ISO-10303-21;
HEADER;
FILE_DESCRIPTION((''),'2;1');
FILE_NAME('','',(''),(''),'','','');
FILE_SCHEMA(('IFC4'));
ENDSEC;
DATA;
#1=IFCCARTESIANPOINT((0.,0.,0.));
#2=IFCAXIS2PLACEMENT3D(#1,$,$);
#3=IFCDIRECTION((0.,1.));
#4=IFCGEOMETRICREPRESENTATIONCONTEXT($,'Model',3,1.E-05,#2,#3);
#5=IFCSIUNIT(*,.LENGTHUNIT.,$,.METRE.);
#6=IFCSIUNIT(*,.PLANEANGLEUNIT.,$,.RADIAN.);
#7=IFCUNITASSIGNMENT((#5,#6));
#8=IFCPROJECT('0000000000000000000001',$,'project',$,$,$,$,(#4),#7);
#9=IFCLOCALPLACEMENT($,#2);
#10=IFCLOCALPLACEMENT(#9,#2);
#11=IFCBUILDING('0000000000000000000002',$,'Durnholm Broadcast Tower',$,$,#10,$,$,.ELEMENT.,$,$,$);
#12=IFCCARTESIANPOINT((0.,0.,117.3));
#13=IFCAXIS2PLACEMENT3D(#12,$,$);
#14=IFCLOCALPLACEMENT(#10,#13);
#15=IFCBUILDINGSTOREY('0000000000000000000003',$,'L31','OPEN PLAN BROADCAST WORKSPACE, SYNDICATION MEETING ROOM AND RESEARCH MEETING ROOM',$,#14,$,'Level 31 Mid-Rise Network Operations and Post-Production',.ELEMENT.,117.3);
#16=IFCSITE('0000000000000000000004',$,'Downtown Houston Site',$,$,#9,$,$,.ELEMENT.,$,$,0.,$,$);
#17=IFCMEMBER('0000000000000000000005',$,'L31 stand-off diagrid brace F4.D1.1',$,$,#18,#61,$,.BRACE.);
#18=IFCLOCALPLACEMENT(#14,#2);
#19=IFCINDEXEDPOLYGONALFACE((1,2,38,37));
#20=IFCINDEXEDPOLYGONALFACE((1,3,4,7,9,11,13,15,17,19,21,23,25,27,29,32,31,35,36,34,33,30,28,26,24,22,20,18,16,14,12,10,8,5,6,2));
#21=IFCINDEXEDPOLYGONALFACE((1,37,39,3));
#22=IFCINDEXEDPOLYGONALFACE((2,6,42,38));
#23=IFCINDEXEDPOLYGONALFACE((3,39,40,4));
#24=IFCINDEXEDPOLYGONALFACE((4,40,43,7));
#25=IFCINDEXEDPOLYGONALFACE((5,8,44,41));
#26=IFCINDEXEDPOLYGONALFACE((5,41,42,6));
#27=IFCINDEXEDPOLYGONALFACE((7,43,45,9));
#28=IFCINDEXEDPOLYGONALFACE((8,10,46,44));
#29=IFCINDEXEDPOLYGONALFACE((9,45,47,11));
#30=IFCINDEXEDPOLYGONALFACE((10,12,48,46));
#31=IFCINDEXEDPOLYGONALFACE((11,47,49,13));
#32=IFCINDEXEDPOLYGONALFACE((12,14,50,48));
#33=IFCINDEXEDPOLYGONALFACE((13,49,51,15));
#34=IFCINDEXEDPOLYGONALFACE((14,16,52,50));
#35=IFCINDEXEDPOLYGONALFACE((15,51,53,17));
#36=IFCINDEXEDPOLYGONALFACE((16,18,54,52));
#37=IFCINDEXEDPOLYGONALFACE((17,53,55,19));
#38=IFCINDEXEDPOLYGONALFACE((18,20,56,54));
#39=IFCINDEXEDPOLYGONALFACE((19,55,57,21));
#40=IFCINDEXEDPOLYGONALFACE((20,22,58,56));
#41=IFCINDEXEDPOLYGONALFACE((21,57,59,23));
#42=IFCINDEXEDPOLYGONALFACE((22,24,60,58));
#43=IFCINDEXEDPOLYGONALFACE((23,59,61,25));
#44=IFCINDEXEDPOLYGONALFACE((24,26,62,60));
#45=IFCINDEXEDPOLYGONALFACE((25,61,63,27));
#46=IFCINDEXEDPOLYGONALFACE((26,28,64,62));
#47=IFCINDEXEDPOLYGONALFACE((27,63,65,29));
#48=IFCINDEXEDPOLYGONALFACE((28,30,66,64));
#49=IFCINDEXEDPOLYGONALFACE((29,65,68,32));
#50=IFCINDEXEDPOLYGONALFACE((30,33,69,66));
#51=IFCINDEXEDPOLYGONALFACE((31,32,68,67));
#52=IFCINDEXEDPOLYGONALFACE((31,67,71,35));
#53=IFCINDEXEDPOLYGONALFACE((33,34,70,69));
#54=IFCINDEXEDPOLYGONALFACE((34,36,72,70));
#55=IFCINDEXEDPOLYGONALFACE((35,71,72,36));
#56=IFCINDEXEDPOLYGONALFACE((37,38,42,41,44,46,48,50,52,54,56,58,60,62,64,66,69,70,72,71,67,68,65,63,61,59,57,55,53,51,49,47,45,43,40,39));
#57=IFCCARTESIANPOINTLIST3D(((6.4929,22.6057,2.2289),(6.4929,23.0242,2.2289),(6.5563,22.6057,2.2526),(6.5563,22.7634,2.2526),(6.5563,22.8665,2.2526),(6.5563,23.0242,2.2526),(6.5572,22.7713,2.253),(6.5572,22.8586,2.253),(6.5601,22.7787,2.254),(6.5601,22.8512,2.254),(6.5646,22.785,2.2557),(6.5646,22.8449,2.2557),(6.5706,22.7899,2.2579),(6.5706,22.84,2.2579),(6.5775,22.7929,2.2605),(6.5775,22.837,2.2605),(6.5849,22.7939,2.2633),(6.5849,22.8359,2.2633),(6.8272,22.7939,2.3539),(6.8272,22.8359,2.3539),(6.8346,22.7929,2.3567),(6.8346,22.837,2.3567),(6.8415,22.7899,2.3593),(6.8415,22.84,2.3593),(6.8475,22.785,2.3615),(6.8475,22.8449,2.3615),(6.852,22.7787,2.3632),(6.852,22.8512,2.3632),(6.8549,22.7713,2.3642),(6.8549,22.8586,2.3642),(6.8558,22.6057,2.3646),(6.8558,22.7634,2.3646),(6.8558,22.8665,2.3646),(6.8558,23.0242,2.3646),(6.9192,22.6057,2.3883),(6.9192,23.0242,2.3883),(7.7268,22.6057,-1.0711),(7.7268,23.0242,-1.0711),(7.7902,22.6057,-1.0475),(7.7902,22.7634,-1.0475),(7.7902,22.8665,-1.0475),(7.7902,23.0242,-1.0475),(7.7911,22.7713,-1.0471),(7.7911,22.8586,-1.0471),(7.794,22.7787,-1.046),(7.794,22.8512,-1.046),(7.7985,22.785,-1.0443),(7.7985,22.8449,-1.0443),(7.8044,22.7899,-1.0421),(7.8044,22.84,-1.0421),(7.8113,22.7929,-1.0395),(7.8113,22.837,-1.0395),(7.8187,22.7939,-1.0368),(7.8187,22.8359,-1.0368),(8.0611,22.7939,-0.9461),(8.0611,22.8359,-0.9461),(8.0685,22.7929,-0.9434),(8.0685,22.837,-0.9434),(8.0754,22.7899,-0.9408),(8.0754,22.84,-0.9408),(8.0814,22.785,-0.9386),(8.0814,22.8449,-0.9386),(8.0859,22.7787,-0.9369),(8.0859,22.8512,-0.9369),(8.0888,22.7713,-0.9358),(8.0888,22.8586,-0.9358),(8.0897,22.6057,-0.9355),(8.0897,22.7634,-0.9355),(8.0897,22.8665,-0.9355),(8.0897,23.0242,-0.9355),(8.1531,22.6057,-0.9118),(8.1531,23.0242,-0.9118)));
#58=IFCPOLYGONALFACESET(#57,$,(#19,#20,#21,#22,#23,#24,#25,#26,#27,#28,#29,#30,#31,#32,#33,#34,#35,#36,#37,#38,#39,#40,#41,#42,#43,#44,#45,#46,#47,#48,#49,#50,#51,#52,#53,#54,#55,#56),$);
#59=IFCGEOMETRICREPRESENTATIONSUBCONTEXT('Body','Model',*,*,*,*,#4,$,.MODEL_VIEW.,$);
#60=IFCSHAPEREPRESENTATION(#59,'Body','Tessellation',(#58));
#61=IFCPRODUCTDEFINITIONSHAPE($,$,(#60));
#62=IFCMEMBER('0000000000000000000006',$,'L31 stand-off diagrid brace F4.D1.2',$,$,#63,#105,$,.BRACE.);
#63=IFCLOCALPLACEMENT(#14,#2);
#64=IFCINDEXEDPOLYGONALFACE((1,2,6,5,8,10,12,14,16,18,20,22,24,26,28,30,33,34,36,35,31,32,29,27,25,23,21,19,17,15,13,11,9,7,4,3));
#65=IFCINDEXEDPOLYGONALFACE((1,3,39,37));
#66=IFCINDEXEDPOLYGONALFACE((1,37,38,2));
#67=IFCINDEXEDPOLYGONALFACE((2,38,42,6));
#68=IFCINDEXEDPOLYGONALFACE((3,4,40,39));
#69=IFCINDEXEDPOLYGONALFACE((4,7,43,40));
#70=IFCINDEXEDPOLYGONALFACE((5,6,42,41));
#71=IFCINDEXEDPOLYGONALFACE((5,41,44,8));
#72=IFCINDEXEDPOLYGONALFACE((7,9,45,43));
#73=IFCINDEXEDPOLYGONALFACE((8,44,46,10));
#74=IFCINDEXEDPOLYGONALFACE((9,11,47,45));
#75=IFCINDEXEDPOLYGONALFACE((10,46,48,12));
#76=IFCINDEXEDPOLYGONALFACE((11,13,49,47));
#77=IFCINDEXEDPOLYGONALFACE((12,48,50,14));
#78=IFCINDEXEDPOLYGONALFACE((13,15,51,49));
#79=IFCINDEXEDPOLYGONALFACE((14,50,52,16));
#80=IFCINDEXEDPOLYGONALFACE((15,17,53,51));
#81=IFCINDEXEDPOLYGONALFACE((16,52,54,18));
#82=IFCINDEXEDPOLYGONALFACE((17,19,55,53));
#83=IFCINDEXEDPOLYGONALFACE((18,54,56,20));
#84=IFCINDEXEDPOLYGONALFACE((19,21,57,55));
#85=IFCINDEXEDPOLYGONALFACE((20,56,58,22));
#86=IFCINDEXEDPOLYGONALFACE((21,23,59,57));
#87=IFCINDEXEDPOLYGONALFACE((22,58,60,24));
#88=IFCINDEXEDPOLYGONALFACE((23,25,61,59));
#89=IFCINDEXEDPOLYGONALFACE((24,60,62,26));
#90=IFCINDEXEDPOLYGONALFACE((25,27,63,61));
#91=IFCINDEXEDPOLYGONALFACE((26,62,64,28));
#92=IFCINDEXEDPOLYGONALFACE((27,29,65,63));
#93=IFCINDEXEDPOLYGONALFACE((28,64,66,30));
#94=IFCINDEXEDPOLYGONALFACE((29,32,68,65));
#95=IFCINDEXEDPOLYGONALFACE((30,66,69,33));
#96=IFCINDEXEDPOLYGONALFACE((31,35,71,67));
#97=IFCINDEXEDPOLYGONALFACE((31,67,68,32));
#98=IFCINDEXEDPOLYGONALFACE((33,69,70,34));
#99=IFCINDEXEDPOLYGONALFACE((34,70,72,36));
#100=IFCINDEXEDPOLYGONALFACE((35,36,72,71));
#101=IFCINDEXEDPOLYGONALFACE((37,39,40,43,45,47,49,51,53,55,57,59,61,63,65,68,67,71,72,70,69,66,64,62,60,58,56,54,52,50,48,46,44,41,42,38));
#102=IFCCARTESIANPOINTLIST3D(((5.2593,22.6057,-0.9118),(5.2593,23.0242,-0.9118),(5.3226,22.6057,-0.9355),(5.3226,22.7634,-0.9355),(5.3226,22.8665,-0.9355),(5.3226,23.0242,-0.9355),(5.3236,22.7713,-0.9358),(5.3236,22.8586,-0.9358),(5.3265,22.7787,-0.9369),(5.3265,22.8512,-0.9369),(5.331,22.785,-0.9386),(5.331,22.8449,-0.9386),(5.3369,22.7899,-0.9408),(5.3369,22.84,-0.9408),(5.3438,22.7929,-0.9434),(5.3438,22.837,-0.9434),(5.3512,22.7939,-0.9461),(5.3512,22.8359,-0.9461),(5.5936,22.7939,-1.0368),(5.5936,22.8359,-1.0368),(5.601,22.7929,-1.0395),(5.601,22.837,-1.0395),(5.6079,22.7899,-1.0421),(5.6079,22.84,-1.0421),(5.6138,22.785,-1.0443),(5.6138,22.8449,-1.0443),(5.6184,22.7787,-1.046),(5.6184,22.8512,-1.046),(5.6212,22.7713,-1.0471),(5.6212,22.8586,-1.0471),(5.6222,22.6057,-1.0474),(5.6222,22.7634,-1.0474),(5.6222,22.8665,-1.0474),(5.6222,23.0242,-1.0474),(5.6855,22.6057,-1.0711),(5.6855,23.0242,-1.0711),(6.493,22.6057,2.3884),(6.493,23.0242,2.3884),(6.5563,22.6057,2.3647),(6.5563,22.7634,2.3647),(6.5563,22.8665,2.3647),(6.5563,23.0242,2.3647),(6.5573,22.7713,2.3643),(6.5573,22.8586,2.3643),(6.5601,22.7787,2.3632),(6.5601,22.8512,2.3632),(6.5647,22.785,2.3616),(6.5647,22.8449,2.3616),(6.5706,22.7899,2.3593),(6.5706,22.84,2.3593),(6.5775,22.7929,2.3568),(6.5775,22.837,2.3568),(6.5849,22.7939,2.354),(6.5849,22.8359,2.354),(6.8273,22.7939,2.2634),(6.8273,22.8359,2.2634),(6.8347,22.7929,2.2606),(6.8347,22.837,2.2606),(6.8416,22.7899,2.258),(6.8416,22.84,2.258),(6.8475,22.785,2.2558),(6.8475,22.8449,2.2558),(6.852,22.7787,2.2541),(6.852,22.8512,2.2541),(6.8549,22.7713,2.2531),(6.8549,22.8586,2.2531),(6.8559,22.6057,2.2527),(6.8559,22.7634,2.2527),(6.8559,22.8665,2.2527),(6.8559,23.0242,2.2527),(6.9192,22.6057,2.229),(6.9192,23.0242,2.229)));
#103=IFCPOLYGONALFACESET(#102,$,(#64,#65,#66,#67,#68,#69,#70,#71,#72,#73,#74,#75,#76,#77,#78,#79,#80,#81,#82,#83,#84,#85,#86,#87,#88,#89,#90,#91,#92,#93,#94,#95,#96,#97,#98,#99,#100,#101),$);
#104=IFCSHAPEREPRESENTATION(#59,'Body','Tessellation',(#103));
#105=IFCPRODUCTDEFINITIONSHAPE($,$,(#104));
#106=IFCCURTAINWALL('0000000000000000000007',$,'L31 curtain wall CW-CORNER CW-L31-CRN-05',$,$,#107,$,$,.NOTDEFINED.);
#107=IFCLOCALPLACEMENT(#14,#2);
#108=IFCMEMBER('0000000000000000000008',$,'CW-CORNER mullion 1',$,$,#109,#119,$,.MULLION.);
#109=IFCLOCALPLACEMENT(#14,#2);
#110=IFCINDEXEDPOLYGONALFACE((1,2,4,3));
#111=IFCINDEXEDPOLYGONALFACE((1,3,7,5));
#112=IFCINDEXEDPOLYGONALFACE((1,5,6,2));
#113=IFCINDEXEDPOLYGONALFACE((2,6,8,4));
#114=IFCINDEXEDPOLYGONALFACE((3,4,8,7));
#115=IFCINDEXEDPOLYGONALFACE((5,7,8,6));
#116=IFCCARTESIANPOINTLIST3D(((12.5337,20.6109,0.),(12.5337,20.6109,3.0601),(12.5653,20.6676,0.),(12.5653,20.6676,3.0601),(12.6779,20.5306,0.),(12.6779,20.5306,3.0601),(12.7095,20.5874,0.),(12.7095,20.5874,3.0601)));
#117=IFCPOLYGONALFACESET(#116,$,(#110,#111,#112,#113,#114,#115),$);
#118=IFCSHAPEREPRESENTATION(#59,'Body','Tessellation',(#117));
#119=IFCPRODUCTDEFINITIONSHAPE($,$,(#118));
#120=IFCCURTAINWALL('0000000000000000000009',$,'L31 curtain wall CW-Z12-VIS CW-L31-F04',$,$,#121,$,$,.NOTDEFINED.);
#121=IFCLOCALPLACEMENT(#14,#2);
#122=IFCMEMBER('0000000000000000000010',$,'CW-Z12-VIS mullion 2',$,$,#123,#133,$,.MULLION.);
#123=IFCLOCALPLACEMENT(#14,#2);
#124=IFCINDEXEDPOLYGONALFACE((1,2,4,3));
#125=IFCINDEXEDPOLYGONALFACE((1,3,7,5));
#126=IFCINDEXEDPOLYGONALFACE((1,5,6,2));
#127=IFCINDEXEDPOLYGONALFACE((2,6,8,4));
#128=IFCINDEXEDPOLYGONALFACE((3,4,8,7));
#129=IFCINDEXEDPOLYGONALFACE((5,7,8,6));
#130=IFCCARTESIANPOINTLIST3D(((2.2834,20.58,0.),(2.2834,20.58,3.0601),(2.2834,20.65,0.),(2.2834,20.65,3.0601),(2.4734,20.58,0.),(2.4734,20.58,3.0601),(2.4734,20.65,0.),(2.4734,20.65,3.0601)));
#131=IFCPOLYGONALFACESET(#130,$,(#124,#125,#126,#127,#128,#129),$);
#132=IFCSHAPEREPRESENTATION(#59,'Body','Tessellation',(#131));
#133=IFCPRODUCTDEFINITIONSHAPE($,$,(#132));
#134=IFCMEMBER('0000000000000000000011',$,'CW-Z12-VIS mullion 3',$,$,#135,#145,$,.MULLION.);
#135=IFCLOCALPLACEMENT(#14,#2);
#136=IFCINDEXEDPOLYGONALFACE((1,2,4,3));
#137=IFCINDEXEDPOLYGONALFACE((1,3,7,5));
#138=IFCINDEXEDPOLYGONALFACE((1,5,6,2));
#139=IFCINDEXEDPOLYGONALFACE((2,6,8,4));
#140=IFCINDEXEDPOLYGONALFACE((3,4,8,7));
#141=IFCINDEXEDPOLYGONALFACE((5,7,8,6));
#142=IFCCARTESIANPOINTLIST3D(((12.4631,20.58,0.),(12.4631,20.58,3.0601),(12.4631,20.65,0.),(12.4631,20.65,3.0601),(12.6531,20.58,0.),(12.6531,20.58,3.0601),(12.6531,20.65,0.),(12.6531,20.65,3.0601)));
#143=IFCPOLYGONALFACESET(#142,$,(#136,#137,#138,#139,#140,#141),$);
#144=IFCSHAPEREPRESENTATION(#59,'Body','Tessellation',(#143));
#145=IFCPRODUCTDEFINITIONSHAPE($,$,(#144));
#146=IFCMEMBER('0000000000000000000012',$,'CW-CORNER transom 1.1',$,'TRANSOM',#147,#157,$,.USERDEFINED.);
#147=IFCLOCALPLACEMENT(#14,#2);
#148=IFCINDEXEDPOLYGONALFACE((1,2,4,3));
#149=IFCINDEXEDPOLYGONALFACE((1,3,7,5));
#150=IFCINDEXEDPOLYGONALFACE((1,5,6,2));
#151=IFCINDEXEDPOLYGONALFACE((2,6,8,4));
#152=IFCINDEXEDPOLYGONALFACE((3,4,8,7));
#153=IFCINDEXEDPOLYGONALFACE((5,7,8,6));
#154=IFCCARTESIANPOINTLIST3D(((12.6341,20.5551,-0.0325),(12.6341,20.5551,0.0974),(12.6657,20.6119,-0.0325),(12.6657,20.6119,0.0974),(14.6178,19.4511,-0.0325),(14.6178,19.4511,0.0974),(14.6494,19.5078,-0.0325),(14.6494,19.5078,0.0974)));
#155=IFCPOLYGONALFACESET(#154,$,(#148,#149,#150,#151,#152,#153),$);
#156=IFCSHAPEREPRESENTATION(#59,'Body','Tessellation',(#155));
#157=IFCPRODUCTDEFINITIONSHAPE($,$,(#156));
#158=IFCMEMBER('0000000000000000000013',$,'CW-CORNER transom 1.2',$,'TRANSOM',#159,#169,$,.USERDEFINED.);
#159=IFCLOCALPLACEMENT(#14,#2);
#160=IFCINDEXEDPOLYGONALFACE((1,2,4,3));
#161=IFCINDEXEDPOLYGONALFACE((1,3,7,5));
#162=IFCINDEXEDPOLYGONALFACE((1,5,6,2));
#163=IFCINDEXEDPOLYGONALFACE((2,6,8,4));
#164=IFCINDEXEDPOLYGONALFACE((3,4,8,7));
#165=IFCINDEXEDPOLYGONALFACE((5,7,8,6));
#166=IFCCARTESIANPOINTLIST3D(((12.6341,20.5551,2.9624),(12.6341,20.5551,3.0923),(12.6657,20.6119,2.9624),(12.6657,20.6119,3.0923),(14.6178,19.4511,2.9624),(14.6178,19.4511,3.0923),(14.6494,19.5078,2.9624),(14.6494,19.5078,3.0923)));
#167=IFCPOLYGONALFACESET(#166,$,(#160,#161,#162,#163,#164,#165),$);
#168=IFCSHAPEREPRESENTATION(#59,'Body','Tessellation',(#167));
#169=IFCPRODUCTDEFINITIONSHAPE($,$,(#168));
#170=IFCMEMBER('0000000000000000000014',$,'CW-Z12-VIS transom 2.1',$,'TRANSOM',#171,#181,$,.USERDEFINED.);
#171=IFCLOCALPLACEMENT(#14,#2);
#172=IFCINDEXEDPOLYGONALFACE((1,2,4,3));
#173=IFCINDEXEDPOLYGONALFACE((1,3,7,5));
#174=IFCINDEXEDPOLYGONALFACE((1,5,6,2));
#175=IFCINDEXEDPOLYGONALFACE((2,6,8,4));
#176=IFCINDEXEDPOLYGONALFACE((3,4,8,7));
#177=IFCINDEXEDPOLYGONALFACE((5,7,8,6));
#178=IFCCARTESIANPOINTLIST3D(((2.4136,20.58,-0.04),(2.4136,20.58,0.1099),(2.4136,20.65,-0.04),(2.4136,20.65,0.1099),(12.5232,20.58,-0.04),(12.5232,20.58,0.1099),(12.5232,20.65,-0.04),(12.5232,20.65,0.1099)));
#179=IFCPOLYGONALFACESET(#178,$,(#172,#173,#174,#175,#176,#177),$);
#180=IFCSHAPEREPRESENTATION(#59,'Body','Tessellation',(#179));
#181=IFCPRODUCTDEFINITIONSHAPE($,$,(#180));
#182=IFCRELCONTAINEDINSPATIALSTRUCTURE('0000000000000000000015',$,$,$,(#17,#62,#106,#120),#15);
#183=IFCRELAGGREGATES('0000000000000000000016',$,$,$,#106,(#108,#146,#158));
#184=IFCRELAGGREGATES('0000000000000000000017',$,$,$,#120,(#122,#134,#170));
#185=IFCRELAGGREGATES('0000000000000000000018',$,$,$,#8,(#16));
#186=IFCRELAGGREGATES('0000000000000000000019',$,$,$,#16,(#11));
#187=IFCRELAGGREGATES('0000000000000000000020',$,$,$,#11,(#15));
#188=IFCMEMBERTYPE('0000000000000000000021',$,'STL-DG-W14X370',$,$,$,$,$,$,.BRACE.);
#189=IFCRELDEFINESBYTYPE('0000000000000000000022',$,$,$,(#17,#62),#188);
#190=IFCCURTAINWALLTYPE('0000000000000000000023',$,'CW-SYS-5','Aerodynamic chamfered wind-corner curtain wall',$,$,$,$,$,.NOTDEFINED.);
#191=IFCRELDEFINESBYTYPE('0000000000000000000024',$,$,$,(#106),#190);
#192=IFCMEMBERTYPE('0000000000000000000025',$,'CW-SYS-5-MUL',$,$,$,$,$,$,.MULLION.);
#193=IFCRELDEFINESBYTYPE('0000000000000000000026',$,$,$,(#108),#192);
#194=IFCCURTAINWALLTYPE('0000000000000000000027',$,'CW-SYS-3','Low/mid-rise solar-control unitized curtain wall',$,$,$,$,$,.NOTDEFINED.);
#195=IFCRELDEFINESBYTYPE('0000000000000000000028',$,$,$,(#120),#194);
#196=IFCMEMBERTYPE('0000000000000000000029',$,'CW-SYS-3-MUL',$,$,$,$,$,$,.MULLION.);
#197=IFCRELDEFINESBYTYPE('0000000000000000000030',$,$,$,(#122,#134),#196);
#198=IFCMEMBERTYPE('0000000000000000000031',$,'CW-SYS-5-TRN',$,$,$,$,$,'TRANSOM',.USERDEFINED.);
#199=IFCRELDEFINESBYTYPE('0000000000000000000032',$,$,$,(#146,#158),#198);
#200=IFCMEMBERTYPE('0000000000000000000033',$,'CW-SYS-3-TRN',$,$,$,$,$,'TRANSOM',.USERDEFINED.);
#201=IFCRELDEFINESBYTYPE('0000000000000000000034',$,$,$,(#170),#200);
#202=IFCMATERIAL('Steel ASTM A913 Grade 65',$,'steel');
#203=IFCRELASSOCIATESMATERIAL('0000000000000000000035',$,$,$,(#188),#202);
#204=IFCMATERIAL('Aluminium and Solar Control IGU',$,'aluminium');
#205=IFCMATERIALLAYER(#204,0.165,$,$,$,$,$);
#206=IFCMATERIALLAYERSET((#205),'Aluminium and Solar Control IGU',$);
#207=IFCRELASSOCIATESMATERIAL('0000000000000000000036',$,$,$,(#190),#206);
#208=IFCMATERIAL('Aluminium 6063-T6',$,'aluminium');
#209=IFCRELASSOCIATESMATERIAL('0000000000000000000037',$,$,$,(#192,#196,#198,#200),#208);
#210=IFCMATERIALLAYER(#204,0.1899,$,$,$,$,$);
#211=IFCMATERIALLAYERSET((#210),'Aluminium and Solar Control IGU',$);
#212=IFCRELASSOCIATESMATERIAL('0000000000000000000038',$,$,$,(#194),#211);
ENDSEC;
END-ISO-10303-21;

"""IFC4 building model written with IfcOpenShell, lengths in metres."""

from ifc_helpers import new_model, si_unit, direction, frame, origin, origin_2d, place, context, subcontext, project, spatial, rectangle, i_section, extrude, source, transform, mapped, material, layer, layer_set, material_profile, profile_set, type_object, type_shapes, element, aggregate, save


model = new_model("IFC4")

# Units and contexts
model_context = context("Model", 3, precision=1e-05, world=origin(), true_north=direction((0.0, 1.0)))
body_context = subcontext(model_context, "Body", "Model", "MODEL_VIEW")
ifc_project = project(units=[si_unit("LENGTHUNIT", "METRE"), si_unit("PLANEANGLEUNIT", "RADIAN")], contexts=[model_context])

# Site, building, storey
site_placement = place(None, origin())
site = spatial("IfcSite", under=ifc_project, at=site_placement, Name="Downtown Houston Site", CompositionType="ELEMENT", RefElevation=0.0)
building_placement = place(site_placement, origin())
building = spatial("IfcBuilding", under=site, at=building_placement, Name="Durnholm Broadcast Tower", CompositionType="ELEMENT")
storey_placement = place(building_placement, frame((0.0, 0.0, 117.3)))
storey = spatial("IfcBuildingStorey", under=building, at=storey_placement, Name="L31", Description="OPEN PLAN BROADCAST WORKSPACE, SYNDICATION MEETING ROOM AND RESEARCH MEETING ROOM", LongName="Level 31 Mid-Rise Network Operations and Post-Production", CompositionType="ELEMENT", Elevation=117.3)

# Members
ifc_material_1 = material(Name="Steel ASTM A913 Grade 65", Category="steel")
ifc_material_profile_1 = material_profile(ifc_material_1, i_section(OverallWidth=0.4185, OverallDepth=0.4551, WebThickness=0.042, FlangeThickness=0.0676, FilletRadius=0.0305, at=origin_2d()), Name="W14X370")
ifc_profile_set_1 = profile_set([ifc_material_profile_1], Name="Steel ASTM A913 Grade 65")
member_type_1 = type_object("IfcMemberType", Name="STL-DG-W14X370", PredefinedType="BRACE", material=ifc_profile_set_1)
shared_shape_1 = source(origin(), body_context, "Body", "SweptSolid", [
    extrude(i_section(OverallWidth=0.4185, OverallDepth=0.4551, WebThickness=0.042, FlangeThickness=0.0676, FilletRadius=0.0305, at=origin_2d()), origin(), (0.0, 0.0, 1.0), 3.5232),
])
type_shapes(member_type_1, [shared_shape_1])
for number, where, z_axis, x_axis, name in (
    (1, (7.9399, 22.8149, -0.9915), (-0.35022, 0.0, 0.936668), (0.0, -1.0, 0.0), "L31 stand-off diagrid brace F4.D1.1"),
    (2, (5.4724, 22.8149, -0.9915), (0.350159, 0.0, 0.93669), (0.0, 1.0, 0.0), "L31 stand-off diagrid brace F4.D1.2"),
):
    element("IfcMember", number, at=place(storey_placement, frame(where, z_axis=z_axis, x_axis=x_axis)), inside=storey, type_object=member_type_1, Name=name, PredefinedType="BRACE", context=body_context, shape_type="MappedRepresentation", body=[
        mapped(shared_shape_1, transform((0.0, 0.0, 0.0), x_axis=(1.0, 0.0, 0.0), y_axis=(0.0, 1.0, 0.0), z_axis=(0.0, 0.0, 1.0), scale=1.0)),
    ])

# Curtain wall, member
ifc_material_2 = material(Name="Aluminium and Solar Control IGU", Category="aluminium")
ifc_layer_1 = layer(ifc_material_2, 0.165)
ifc_layer_set_1 = layer_set([ifc_layer_1], Name="Aluminium and Solar Control IGU")
curtain_wall_type_1 = type_object("IfcCurtainWallType", Name="CW-SYS-5", Description="Aerodynamic chamfered wind-corner curtain wall", PredefinedType="NOTDEFINED", material=ifc_layer_set_1)
curtain_wall_1_placement = place(storey_placement, origin())
curtain_wall_1 = element("IfcCurtainWall", 3, at=curtain_wall_1_placement, inside=storey, type_object=curtain_wall_type_1, Name="L31 curtain wall CW-CORNER CW-L31-CRN-05", PredefinedType="NOTDEFINED")
ifc_material_3 = material(Name="Aluminium 6063-T6", Category="aluminium")
ifc_material_profile_2 = material_profile(ifc_material_3, rectangle(XDim=0.0649, YDim=0.165, at=origin_2d()), Name="CWM65X165")
ifc_profile_set_2 = profile_set([ifc_material_profile_2], Name="Aluminium 6063-T6")
member_type_2 = type_object("IfcMemberType", Name="CW-SYS-5-MUL", PredefinedType="MULLION", material=ifc_profile_set_2)
shared_shape_2 = source(origin(), body_context, "Body", "SweptSolid", [
    extrude(rectangle(XDim=0.0649, YDim=0.165, at=origin_2d()), origin(), (0.0, 0.0, 1.0), 3.0601),
])
type_shapes(member_type_2, [shared_shape_2])
member_1_placement = place(storey_placement, frame((12.6216, 20.5991, 0.0), z_axis=(0.0, 0.0, 1.0), x_axis=(0.486244, 0.873823, 0.0)))
member_1 = element("IfcMember", 4, at=member_1_placement, type_object=member_type_2, Name="CW-CORNER mullion 1", PredefinedType="MULLION", context=body_context, shape_type="MappedRepresentation", body=[
    mapped(shared_shape_2, transform((0.0, 0.0, 0.0), x_axis=(1.0, 0.0, 0.0), y_axis=(0.0, 1.0, 0.0), z_axis=(0.0, 0.0, 1.0), scale=1.0)),
])

# Curtain wall, members
ifc_layer_2 = layer(ifc_material_2, 0.1899)
ifc_layer_set_2 = layer_set([ifc_layer_2], Name="Aluminium and Solar Control IGU")
curtain_wall_type_2 = type_object("IfcCurtainWallType", Name="CW-SYS-3", Description="Low/mid-rise solar-control unitized curtain wall", PredefinedType="NOTDEFINED", material=ifc_layer_set_2)
curtain_wall_2_placement = place(storey_placement, origin())
curtain_wall_2 = element("IfcCurtainWall", 5, at=curtain_wall_2_placement, inside=storey, type_object=curtain_wall_type_2, Name="L31 curtain wall CW-Z12-VIS CW-L31-F04", PredefinedType="NOTDEFINED")
ifc_material_profile_3 = material_profile(ifc_material_3, rectangle(XDim=0.0701, YDim=0.1899, at=origin_2d()), Name="CWM70X190")
ifc_profile_set_3 = profile_set([ifc_material_profile_3], Name="Aluminium 6063-T6")
member_type_3 = type_object("IfcMemberType", Name="CW-SYS-3-MUL", PredefinedType="MULLION", material=ifc_profile_set_3)
shared_shape_3 = source(origin(), body_context, "Body", "SweptSolid", [
    extrude(rectangle(XDim=0.0701, YDim=0.1899, at=origin_2d()), origin(), (0.0, 0.0, 1.0), 3.0601),
])
type_shapes(member_type_3, [shared_shape_3])
member_2_placement = place(storey_placement, frame((2.3784, 20.615, 0.0), z_axis=(0.0, 0.0, 1.0), x_axis=(0.0, 1.0, 0.0)))
member_2 = element("IfcMember", 6, at=member_2_placement, type_object=member_type_3, Name="CW-Z12-VIS mullion 2", PredefinedType="MULLION", context=body_context, shape_type="MappedRepresentation", body=[
    mapped(shared_shape_3, transform((0.0, 0.0, 0.0), x_axis=(1.0, 0.0, 0.0), y_axis=(0.0, 1.0, 0.0), z_axis=(0.0, 0.0, 1.0), scale=1.0)),
])
member_3_placement = place(storey_placement, frame((12.5581, 20.615, 0.0), z_axis=(0.0, 0.0, 1.0), x_axis=(0.0, 1.0, 0.0)))
member_3 = element("IfcMember", 7, at=member_3_placement, type_object=member_type_3, Name="CW-Z12-VIS mullion 3", PredefinedType="MULLION", context=body_context, shape_type="MappedRepresentation", body=[
    mapped(shared_shape_3, transform((0.0, 0.0, 0.0), x_axis=(1.0, 0.0, 0.0), y_axis=(0.0, 1.0, 0.0), z_axis=(0.0, 0.0, 1.0), scale=1.0)),
])

# Members
ifc_material_profile_4 = material_profile(ifc_material_3, rectangle(XDim=0.0649, YDim=0.1299, at=origin_2d()), Name="CWT65X130")
ifc_profile_set_4 = profile_set([ifc_material_profile_4], Name="Aluminium 6063-T6")
member_type_4 = type_object("IfcMemberType", Name="CW-SYS-5-TRN", ElementType="TRANSOM", PredefinedType="USERDEFINED", material=ifc_profile_set_4)
shared_shape_4 = source(origin(), body_context, "Body", "SweptSolid", [
    extrude(rectangle(XDim=0.0649, YDim=0.1299, at=origin_2d()), origin(), (0.0, 0.0, 1.0), 2.2703),
])
type_shapes(member_type_4, [shared_shape_4])
member_4_placement = place(storey_placement, frame((12.6499, 20.5835, 0.0325), z_axis=(0.873787, -0.486309, 0.0), x_axis=(0.486309, 0.873787, 0.0)))
member_4 = element("IfcMember", 8, at=member_4_placement, type_object=member_type_4, Name="CW-CORNER transom 1.1", ObjectType="TRANSOM", PredefinedType="USERDEFINED", context=body_context, shape_type="MappedRepresentation", body=[
    mapped(shared_shape_4, transform((0.0, 0.0, 0.0), x_axis=(1.0, 0.0, 0.0), y_axis=(0.0, 1.0, 0.0), z_axis=(0.0, 0.0, 1.0), scale=1.0)),
])
member_5_placement = place(storey_placement, frame((12.6499, 20.5835, 3.0273), z_axis=(0.873787, -0.486309, 0.0), x_axis=(0.486309, 0.873787, 0.0)))
member_5 = element("IfcMember", 9, at=member_5_placement, type_object=member_type_4, Name="CW-CORNER transom 1.2", ObjectType="TRANSOM", PredefinedType="USERDEFINED", context=body_context, shape_type="MappedRepresentation", body=[
    mapped(shared_shape_4, transform((0.0, 0.0, 0.0), x_axis=(1.0, 0.0, 0.0), y_axis=(0.0, 1.0, 0.0), z_axis=(0.0, 0.0, 1.0), scale=1.0)),
])
aggregate(curtain_wall_1, [member_1, member_4, member_5])
ifc_material_profile_5 = material_profile(ifc_material_3, rectangle(XDim=0.0701, YDim=0.1499, at=origin_2d()), Name="CWT70X150")
ifc_profile_set_5 = profile_set([ifc_material_profile_5], Name="Aluminium 6063-T6")
member_type_5 = type_object("IfcMemberType", Name="CW-SYS-3-TRN", ElementType="TRANSOM", PredefinedType="USERDEFINED", material=ifc_profile_set_5)
shared_shape_5 = source(origin(), body_context, "Body", "SweptSolid", [
    extrude(rectangle(XDim=0.0701, YDim=0.1499, at=origin_2d()), origin(), (0.0, 0.0, 1.0), 10.1096),
])
type_shapes(member_type_5, [shared_shape_5])
member_6_placement = place(storey_placement, frame((2.4136, 20.615, 0.0349), z_axis=(1.0, 0.0, 0.0), x_axis=(0.0, 1.0, 0.0)))
member_6 = element("IfcMember", 10, at=member_6_placement, type_object=member_type_5, Name="CW-Z12-VIS transom 2.1", ObjectType="TRANSOM", PredefinedType="USERDEFINED", context=body_context, shape_type="MappedRepresentation", body=[
    mapped(shared_shape_5, transform((0.0, 0.0, 0.0), x_axis=(1.0, 0.0, 0.0), y_axis=(0.0, 1.0, 0.0), z_axis=(0.0, 0.0, 1.0), scale=1.0)),
])

aggregate(curtain_wall_2, [member_2, member_3, member_6])

save(model, "model.ifc")
